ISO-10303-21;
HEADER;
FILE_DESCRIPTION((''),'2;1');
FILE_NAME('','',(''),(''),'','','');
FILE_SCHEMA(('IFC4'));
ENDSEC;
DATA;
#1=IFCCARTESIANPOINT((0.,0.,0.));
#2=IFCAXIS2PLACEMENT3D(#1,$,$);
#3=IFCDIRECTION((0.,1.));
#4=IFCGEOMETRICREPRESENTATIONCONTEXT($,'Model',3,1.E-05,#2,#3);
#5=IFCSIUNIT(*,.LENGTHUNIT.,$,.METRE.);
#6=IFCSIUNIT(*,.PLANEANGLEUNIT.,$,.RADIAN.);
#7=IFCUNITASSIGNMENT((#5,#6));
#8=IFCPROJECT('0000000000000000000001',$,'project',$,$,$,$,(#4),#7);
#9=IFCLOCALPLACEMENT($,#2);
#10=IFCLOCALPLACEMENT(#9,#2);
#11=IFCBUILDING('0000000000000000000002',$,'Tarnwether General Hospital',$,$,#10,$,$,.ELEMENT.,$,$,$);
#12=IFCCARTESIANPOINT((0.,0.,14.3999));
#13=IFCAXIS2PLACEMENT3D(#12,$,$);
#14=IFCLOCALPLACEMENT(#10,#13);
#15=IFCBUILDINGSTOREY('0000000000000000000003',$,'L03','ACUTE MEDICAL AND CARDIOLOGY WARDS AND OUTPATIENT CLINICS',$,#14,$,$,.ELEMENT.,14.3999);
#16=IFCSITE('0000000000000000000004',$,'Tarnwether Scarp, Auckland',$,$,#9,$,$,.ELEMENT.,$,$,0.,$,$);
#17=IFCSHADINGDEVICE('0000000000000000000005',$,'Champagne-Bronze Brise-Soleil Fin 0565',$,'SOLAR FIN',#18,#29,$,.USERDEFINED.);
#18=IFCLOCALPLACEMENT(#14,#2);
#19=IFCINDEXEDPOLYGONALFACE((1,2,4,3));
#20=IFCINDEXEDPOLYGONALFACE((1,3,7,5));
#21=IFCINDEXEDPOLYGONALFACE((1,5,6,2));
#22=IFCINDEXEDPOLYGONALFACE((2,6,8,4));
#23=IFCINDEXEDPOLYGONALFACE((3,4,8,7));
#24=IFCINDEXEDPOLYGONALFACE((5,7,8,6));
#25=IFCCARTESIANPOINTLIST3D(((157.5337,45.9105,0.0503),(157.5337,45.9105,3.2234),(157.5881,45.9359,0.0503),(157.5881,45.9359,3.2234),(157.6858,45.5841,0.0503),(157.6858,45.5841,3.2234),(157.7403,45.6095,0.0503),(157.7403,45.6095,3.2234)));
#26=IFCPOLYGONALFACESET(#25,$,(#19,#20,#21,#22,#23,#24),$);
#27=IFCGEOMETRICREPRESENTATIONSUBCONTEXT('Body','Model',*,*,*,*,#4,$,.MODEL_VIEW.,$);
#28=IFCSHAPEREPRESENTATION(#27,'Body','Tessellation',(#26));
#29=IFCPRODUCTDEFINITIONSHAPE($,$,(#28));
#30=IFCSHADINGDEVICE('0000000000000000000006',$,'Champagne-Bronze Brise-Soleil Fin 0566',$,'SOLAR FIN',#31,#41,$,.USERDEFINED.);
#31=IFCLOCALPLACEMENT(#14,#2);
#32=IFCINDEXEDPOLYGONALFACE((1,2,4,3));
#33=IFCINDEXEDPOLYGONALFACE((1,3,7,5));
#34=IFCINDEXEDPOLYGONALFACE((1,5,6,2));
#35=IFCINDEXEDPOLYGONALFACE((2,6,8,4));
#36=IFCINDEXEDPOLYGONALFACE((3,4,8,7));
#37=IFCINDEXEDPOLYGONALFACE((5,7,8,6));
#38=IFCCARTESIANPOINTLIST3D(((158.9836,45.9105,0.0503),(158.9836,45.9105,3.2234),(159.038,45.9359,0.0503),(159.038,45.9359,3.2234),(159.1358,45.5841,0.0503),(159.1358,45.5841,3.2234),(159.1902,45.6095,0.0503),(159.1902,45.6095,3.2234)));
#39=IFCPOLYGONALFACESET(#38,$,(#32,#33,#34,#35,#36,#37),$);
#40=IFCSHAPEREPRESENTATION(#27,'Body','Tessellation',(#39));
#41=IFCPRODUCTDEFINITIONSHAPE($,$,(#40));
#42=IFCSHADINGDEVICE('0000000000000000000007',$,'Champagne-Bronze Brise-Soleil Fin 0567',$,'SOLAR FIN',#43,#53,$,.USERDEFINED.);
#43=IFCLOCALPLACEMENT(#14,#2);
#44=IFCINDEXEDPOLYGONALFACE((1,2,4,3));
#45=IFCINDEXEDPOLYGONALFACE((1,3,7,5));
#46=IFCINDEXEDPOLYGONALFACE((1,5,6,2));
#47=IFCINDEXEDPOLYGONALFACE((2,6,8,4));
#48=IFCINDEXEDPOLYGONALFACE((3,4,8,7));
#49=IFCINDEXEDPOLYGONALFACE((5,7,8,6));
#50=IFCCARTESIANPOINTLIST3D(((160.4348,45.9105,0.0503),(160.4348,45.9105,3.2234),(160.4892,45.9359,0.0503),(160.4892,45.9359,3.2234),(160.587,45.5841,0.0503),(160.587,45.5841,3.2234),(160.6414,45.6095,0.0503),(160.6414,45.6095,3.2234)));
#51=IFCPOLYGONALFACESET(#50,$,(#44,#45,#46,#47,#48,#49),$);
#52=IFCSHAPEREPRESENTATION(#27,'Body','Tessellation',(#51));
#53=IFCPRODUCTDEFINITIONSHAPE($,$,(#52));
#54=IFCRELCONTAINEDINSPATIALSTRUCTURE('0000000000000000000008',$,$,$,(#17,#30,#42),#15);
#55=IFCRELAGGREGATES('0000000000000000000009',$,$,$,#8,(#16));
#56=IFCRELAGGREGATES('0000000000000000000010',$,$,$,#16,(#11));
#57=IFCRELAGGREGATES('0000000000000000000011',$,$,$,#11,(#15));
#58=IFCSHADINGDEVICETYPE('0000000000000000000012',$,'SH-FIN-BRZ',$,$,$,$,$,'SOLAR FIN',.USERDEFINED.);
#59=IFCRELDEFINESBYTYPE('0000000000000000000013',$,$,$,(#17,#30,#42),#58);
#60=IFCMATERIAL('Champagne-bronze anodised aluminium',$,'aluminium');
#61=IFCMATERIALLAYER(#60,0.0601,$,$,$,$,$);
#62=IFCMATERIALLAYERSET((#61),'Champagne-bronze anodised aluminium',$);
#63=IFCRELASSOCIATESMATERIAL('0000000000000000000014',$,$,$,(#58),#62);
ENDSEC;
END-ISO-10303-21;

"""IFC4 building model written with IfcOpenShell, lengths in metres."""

from ifc_helpers import new_model, si_unit, direction, frame, origin, origin_2d, place, context, subcontext, project, spatial, rectangle, extrude, material, layer, layer_set, type_object, element, save


model = new_model("IFC4")

# Units and contexts
model_context = context("Model", 3, precision=1e-05, world=origin(), true_north=direction((0.0, 1.0)))
body_context = subcontext(model_context, "Body", "Model", "MODEL_VIEW")
ifc_project = project(units=[si_unit("LENGTHUNIT", "METRE"), si_unit("PLANEANGLEUNIT", "RADIAN")], contexts=[model_context])

# Site, building, storey
site_placement = place(None, origin())
site = spatial("IfcSite", under=ifc_project, at=site_placement, Name="Tarnwether Scarp, Auckland", CompositionType="ELEMENT", RefElevation=0.0)
building_placement = place(site_placement, origin())
building = spatial("IfcBuilding", under=site, at=building_placement, Name="Tarnwether General Hospital", CompositionType="ELEMENT")
storey_placement = place(building_placement, frame((0.0, 0.0, 14.3999)))
storey = spatial("IfcBuildingStorey", under=building, at=storey_placement, Name="L03", Description="ACUTE MEDICAL AND CARDIOLOGY WARDS AND OUTPATIENT CLINICS", CompositionType="ELEMENT", Elevation=14.3999)

# Shading devices
ifc_material_1 = material(Name="Champagne-bronze anodised aluminium", Category="aluminium")
ifc_layer_1 = layer(ifc_material_1, 0.0601)
ifc_layer_set_1 = layer_set([ifc_layer_1], Name="Champagne-bronze anodised aluminium")
shading_device_type = type_object("IfcShadingDeviceType", Name="SH-FIN-BRZ", ElementType="SOLAR FIN", PredefinedType="USERDEFINED", material=ifc_layer_set_1)
for number, where, z_axis, x_axis, name in (
    (1, (157.637, 45.76, 0.0503), (0.0, 0.0, 1.0), (0.906308, 0.422618, 0.0), "Champagne-Bronze Brise-Soleil Fin 0565"),
    (2, (159.0869, 45.76, 0.0503), (0.0, 0.0, 1.0), (0.906308, 0.422618, 0.0), "Champagne-Bronze Brise-Soleil Fin 0566"),
    (3, (160.5381, 45.76, 0.0503), (0.0, 0.0, 1.0), (0.906308, 0.422618, 0.0), "Champagne-Bronze Brise-Soleil Fin 0567"),
):
    element("IfcShadingDevice", number, at=place(storey_placement, frame(where, z_axis=z_axis, x_axis=x_axis)), inside=storey, type_object=shading_device_type, Name=name, ObjectType="SOLAR FIN", PredefinedType="USERDEFINED", context=body_context, shape_type="SweptSolid", body=[
        extrude(rectangle(XDim=0.0601, YDim=0.3601, at=origin_2d()), origin(), (0.0, 0.0, 1.0), 3.1731),
    ])

save(model, "model.ifc")
